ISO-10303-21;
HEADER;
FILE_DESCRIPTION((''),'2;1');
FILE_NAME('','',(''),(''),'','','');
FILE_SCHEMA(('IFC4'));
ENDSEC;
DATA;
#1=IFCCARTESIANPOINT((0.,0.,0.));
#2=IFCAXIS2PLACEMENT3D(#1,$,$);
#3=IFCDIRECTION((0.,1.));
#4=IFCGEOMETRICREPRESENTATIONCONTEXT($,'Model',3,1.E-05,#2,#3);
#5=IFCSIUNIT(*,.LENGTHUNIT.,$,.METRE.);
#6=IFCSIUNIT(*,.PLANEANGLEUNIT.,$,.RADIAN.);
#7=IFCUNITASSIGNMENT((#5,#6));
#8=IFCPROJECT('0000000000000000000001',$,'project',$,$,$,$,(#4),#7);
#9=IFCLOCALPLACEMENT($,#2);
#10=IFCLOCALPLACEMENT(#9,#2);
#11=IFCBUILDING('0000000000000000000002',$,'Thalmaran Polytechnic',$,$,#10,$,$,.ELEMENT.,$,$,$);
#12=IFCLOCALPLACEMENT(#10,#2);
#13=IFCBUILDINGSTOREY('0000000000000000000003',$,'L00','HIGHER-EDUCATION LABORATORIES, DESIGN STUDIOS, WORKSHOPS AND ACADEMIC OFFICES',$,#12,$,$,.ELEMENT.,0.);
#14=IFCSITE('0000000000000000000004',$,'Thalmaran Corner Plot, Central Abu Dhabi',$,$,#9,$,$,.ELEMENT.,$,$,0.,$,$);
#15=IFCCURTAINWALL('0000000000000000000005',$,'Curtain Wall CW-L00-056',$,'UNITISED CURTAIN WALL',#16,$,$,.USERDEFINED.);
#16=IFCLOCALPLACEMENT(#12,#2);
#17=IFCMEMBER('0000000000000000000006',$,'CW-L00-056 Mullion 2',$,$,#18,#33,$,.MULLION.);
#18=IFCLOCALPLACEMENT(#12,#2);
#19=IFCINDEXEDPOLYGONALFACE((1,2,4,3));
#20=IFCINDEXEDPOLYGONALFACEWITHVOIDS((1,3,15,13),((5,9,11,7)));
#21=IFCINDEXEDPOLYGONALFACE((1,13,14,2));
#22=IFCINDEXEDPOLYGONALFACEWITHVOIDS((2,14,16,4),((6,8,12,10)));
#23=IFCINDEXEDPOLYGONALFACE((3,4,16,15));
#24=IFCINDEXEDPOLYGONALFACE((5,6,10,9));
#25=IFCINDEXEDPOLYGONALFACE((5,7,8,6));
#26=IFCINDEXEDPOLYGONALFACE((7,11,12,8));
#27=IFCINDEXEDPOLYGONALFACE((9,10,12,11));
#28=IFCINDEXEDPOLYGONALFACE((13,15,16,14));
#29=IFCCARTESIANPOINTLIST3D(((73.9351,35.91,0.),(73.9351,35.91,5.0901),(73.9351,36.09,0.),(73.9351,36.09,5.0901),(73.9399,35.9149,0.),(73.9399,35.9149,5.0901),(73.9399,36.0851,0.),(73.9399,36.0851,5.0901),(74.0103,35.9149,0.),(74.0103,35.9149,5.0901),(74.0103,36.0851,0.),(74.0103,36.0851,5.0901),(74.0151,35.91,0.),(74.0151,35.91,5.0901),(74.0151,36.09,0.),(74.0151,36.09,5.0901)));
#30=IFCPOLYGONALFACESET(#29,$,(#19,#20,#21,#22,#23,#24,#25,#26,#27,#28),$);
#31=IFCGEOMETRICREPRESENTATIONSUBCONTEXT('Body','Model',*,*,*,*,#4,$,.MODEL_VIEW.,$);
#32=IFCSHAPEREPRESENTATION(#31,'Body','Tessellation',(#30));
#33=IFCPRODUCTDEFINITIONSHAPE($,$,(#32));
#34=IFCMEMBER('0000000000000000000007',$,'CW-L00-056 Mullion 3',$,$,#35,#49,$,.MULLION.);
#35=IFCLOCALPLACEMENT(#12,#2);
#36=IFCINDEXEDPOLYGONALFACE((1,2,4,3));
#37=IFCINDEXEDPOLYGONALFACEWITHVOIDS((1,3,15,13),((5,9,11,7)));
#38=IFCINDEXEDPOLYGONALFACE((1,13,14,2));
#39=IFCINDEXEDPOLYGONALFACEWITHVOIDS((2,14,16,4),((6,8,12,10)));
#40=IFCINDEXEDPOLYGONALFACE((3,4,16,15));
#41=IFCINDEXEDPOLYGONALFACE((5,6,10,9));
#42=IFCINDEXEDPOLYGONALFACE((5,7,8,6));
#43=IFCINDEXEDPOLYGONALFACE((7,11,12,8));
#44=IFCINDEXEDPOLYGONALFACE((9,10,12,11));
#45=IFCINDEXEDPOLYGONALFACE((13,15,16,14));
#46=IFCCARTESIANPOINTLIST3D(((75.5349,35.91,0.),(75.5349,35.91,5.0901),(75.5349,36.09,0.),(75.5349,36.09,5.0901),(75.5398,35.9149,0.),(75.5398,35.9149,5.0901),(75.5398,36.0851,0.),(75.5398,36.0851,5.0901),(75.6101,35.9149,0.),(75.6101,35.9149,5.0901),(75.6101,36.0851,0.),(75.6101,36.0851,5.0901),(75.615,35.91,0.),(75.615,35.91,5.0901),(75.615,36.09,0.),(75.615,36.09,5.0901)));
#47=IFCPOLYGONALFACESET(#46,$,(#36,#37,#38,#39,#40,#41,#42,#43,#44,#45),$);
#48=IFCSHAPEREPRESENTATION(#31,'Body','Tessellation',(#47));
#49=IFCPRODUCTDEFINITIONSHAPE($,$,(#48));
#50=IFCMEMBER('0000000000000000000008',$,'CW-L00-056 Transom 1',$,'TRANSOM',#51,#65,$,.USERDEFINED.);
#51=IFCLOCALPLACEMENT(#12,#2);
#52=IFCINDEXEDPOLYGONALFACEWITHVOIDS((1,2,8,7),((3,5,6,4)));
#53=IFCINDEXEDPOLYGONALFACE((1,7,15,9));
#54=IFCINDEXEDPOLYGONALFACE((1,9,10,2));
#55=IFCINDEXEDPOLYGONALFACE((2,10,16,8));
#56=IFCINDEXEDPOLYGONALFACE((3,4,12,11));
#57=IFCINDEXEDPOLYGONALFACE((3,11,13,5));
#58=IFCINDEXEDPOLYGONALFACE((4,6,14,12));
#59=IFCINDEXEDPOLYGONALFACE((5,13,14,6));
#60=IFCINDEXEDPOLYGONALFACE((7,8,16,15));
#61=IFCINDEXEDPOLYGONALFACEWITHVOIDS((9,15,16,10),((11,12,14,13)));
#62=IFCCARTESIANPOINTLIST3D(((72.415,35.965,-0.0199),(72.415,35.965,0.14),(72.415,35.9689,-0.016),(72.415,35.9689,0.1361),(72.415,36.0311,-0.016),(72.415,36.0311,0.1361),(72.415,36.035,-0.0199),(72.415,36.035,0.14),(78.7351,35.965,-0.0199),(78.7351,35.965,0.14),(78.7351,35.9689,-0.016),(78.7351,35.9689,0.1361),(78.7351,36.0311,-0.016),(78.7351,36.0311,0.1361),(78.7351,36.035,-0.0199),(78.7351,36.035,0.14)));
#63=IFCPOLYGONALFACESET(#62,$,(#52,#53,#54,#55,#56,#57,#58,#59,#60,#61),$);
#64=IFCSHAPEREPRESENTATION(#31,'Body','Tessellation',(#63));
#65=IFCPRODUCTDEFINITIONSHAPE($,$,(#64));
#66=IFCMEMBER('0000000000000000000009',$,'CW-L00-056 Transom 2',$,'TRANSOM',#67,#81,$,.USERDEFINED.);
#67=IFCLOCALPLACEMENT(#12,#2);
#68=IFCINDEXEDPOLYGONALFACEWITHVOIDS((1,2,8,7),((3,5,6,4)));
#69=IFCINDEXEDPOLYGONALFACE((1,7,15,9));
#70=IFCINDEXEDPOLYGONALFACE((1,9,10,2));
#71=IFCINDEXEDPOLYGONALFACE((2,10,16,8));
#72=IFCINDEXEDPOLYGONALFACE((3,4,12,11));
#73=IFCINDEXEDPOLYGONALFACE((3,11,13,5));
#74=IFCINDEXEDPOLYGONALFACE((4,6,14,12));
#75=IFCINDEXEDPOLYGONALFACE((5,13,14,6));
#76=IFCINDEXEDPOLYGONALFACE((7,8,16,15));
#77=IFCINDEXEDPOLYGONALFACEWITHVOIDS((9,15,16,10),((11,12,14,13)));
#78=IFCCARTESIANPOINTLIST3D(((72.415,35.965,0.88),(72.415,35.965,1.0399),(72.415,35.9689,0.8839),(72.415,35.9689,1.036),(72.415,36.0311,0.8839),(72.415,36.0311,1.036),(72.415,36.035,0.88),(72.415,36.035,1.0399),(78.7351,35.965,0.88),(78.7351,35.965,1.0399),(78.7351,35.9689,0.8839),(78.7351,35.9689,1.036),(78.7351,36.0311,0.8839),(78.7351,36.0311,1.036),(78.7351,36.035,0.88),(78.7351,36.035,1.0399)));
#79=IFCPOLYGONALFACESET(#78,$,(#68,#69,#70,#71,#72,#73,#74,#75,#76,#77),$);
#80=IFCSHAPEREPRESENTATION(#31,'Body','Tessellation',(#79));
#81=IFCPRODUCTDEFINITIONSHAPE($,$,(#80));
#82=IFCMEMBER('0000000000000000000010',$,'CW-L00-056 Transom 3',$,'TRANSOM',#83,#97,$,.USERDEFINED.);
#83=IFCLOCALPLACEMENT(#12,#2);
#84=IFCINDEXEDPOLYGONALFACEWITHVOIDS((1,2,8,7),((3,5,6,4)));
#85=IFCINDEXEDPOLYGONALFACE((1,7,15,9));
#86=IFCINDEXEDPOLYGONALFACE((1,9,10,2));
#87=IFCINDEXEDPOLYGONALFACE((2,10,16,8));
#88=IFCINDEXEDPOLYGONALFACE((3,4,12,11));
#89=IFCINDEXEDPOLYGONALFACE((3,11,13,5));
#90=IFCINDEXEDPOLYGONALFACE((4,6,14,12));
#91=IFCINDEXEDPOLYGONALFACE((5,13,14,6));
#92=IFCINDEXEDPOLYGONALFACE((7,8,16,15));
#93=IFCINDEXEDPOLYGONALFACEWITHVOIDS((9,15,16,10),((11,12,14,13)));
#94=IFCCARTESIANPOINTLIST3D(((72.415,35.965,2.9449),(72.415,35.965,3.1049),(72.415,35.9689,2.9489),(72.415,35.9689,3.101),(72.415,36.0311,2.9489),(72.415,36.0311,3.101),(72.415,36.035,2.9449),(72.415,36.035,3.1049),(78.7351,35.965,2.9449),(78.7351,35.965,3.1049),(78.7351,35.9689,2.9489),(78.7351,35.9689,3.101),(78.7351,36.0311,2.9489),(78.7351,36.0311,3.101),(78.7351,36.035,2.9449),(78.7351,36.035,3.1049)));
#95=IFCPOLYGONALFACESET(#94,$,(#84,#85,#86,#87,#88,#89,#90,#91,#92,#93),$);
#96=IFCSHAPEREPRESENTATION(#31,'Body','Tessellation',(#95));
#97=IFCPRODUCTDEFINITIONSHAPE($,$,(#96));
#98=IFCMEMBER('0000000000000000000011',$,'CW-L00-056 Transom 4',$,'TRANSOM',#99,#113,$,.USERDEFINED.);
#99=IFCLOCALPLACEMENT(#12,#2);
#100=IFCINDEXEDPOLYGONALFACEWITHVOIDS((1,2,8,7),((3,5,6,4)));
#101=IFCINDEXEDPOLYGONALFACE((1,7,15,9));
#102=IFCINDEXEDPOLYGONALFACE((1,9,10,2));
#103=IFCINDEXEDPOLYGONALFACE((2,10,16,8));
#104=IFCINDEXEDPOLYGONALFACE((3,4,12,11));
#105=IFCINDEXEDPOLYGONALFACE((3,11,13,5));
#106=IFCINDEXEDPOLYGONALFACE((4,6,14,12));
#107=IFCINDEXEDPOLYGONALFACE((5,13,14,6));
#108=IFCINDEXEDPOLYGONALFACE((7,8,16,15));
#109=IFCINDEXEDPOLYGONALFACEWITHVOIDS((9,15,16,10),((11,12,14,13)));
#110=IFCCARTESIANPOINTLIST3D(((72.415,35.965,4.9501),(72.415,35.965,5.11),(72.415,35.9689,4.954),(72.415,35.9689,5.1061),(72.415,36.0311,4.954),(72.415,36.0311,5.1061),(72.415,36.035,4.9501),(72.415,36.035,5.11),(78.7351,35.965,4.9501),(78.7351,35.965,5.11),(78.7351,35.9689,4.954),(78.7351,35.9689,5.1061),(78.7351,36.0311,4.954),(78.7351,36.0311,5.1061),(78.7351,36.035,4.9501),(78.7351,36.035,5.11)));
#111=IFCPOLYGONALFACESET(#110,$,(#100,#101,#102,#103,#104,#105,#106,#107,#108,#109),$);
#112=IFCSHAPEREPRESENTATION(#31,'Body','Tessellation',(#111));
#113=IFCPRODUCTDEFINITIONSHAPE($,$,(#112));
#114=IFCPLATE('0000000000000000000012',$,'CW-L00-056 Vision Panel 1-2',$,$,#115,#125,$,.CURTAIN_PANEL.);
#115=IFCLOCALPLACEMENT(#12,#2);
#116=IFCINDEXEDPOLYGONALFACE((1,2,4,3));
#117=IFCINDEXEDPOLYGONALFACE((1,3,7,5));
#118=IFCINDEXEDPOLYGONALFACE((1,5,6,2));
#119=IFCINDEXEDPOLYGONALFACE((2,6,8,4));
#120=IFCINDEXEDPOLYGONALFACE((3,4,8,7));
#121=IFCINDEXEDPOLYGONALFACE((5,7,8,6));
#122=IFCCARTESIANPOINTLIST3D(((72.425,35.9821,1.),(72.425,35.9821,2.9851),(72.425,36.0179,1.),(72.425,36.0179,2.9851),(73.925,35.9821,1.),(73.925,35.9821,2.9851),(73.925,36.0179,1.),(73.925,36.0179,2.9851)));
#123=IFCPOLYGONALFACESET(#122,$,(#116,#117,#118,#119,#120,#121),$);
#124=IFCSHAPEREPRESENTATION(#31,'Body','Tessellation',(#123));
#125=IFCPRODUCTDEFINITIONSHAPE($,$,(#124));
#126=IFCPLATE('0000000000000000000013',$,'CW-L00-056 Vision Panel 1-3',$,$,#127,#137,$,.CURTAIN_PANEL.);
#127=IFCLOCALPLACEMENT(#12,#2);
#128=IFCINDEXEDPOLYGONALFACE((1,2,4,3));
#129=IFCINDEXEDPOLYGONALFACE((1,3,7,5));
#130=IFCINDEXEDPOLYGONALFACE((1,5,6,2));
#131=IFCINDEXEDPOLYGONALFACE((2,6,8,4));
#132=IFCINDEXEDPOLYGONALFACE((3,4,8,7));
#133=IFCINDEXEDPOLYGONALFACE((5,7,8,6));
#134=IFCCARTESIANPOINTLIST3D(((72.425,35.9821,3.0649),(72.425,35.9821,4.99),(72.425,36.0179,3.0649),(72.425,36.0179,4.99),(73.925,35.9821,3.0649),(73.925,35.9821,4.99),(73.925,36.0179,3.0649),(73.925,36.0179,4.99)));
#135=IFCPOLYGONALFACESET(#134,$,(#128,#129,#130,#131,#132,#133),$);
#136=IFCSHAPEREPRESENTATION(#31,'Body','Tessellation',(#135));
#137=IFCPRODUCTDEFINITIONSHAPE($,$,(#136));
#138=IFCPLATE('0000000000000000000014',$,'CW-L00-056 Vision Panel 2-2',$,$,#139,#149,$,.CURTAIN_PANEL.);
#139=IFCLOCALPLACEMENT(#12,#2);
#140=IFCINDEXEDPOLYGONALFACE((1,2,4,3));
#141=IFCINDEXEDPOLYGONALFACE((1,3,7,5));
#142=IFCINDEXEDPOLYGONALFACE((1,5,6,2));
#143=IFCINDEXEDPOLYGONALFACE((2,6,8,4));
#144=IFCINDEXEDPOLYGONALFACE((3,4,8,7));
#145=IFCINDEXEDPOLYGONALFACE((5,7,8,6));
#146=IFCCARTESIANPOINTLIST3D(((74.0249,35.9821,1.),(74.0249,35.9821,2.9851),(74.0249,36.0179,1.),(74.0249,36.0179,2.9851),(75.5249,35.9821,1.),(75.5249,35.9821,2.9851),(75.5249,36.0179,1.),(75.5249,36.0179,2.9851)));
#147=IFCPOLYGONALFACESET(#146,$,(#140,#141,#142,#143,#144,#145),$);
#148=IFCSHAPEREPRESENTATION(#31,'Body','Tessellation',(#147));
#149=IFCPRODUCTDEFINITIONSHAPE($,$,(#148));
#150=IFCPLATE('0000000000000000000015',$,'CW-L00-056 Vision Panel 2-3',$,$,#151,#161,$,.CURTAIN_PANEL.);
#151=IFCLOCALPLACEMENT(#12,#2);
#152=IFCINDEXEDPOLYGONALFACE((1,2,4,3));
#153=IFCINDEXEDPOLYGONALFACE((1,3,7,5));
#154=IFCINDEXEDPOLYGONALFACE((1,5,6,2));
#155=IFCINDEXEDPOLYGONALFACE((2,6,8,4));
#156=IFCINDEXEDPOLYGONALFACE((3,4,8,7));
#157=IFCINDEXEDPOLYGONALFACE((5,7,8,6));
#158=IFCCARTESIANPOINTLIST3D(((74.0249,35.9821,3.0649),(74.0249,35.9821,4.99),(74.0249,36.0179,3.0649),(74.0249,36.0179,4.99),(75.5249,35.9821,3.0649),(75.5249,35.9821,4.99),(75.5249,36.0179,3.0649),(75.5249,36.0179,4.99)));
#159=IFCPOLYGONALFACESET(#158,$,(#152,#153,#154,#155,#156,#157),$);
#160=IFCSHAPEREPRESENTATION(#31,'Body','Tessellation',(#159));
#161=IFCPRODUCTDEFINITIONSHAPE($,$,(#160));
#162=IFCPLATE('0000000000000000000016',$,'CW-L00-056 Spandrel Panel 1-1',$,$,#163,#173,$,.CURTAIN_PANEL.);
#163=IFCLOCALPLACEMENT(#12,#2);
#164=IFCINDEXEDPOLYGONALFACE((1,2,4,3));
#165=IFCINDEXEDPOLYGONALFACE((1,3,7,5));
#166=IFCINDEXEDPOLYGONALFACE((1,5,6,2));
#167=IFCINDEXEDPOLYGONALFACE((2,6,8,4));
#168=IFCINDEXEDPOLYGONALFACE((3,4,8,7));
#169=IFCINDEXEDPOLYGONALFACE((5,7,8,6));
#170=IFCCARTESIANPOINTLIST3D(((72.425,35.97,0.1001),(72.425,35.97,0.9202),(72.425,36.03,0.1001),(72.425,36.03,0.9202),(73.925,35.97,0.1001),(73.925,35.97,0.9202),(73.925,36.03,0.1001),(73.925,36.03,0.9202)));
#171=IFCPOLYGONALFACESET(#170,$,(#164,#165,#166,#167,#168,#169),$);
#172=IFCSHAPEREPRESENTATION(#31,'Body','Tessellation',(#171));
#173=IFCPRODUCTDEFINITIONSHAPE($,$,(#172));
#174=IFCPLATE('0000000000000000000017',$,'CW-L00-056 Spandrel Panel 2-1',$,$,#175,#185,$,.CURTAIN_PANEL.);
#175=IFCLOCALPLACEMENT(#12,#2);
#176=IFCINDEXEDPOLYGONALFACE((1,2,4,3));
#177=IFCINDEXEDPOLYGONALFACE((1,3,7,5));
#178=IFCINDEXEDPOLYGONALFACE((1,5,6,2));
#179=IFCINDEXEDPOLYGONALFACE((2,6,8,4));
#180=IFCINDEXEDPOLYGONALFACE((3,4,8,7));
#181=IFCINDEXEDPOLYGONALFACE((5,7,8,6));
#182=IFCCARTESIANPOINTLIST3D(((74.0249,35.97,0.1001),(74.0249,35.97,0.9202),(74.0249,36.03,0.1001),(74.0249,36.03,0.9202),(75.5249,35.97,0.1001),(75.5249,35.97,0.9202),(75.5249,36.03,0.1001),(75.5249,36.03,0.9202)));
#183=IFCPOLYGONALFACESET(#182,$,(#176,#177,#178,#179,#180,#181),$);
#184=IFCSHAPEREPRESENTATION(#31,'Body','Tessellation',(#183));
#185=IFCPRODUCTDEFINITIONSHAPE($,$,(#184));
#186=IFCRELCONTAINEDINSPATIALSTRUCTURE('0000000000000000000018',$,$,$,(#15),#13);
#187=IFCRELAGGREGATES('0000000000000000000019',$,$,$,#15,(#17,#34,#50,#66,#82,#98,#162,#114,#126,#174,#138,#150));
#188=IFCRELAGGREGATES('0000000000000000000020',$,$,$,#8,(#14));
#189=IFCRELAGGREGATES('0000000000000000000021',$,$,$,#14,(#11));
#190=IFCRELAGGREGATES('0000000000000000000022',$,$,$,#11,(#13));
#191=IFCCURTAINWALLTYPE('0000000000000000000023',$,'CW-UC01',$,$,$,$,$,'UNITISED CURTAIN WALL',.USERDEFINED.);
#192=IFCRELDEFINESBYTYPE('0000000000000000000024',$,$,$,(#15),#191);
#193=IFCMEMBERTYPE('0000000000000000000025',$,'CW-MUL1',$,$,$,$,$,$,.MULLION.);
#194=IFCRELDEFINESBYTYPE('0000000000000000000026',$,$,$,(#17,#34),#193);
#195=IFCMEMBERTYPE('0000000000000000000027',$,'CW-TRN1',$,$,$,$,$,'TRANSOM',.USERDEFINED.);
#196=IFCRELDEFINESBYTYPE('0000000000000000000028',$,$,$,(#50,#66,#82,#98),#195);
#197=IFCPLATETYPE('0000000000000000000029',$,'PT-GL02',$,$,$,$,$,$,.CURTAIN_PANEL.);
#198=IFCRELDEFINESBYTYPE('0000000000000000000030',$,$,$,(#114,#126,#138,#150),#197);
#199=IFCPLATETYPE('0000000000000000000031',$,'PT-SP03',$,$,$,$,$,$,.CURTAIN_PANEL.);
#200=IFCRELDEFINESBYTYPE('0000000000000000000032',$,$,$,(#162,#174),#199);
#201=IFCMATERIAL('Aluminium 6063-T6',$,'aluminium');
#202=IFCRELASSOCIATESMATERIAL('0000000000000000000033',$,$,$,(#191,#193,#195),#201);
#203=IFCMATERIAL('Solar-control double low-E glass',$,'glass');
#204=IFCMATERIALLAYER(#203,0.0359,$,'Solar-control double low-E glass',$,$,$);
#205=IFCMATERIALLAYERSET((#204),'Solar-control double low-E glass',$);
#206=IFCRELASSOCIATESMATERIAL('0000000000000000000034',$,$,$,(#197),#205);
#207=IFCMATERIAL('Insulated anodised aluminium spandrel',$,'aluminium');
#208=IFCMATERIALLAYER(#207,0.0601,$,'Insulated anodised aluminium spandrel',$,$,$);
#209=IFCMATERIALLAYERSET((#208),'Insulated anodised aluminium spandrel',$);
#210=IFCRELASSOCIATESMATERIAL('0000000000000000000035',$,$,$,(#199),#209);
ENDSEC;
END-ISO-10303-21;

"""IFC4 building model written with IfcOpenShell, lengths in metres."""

from ifc_helpers import new_model, si_unit, direction, frame, origin, origin_2d, place, context, subcontext, project, spatial, rectangle, hollow_rectangle, extrude, material, layer, layer_set, material_profile, profile_set, type_object, element, aggregate, save


model = new_model("IFC4")

# Units and contexts
model_context = context("Model", 3, precision=1e-05, world=origin(), true_north=direction((0.0, 1.0)))
body_context = subcontext(model_context, "Body", "Model", "MODEL_VIEW")
ifc_project = project(units=[si_unit("LENGTHUNIT", "METRE"), si_unit("PLANEANGLEUNIT", "RADIAN")], contexts=[model_context])

# Site, building, storey
site_placement = place(None, origin())
site = spatial("IfcSite", under=ifc_project, at=site_placement, Name="Thalmaran Corner Plot, Central Abu Dhabi", CompositionType="ELEMENT", RefElevation=0.0)
building_placement = place(site_placement, origin())
building = spatial("IfcBuilding", under=site, at=building_placement, Name="Thalmaran Polytechnic", CompositionType="ELEMENT")
storey_placement = place(building_placement, origin())
storey = spatial("IfcBuildingStorey", under=building, at=storey_placement, Name="L00", Description="HIGHER-EDUCATION LABORATORIES, DESIGN STUDIOS, WORKSHOPS AND ACADEMIC OFFICES", CompositionType="ELEMENT", Elevation=0.0)

# Curtain wall, members, plates
ifc_material_1 = material(Name="Aluminium 6063-T6", Category="aluminium")
curtain_wall_type = type_object("IfcCurtainWallType", Name="CW-UC01", ElementType="UNITISED CURTAIN WALL", PredefinedType="USERDEFINED", material=ifc_material_1)
curtain_wall_placement = place(storey_placement, origin())
curtain_wall = element("IfcCurtainWall", 1, at=curtain_wall_placement, inside=storey, type_object=curtain_wall_type, Name="Curtain Wall CW-L00-056", ObjectType="UNITISED CURTAIN WALL", PredefinedType="USERDEFINED")
ifc_material_profile_1 = material_profile(ifc_material_1, hollow_rectangle(XDim=0.0801, YDim=0.1799, WallThickness=0.0049, at=origin_2d()), Name="RHS 180x80x5.0")
ifc_profile_set_1 = profile_set([ifc_material_profile_1], Name="Aluminium 6063-T6")
member_type_1 = type_object("IfcMemberType", Name="CW-MUL1", PredefinedType="MULLION", material=ifc_profile_set_1)
member_1_placement = place(storey_placement, frame((73.9751, 36.0, 0.0), z_axis=(0.0, 0.0, 1.0), x_axis=(1.0, 0.0, 0.0)))
member_1 = element("IfcMember", 2, at=member_1_placement, type_object=member_type_1, Name="CW-L00-056 Mullion 2", PredefinedType="MULLION", context=body_context, shape_type="SweptSolid", body=[
    extrude(hollow_rectangle(XDim=0.0801, YDim=0.1799, WallThickness=0.0049, at=origin_2d()), origin(), (0.0, 0.0, 1.0), 5.0901),
])
member_2_placement = place(storey_placement, frame((75.575, 36.0, 0.0), z_axis=(0.0, 0.0, 1.0), x_axis=(1.0, 0.0, 0.0)))
member_2 = element("IfcMember", 3, at=member_2_placement, type_object=member_type_1, Name="CW-L00-056 Mullion 3", PredefinedType="MULLION", context=body_context, shape_type="SweptSolid", body=[
    extrude(hollow_rectangle(XDim=0.0801, YDim=0.1799, WallThickness=0.0049, at=origin_2d()), origin(), (0.0, 0.0, 1.0), 5.0901),
])
ifc_material_profile_2 = material_profile(ifc_material_1, hollow_rectangle(XDim=0.0701, YDim=0.1599, WallThickness=0.0039, at=origin_2d()), Name="AL 160x70x4.0")
ifc_profile_set_2 = profile_set([ifc_material_profile_2], Name="Aluminium 6063-T6")
member_type_2 = type_object("IfcMemberType", Name="CW-TRN1", ElementType="TRANSOM", PredefinedType="USERDEFINED", material=ifc_profile_set_2)
member_3_placement = place(storey_placement, frame((72.415, 36.0, 0.0601), z_axis=(1.0, 0.0, 0.0), x_axis=(0.0, 1.0, 0.0)))
member_3 = element("IfcMember", 4, at=member_3_placement, type_object=member_type_2, Name="CW-L00-056 Transom 1", ObjectType="TRANSOM", PredefinedType="USERDEFINED", context=body_context, shape_type="SweptSolid", body=[
    extrude(hollow_rectangle(XDim=0.0701, YDim=0.1599, WallThickness=0.0039, at=origin_2d()), origin(), (0.0, 0.0, 1.0), 6.3201),
])
member_4_placement = place(storey_placement, frame((72.415, 36.0, 0.96), z_axis=(1.0, 0.0, 0.0), x_axis=(0.0, 1.0, 0.0)))
member_4 = element("IfcMember", 5, at=member_4_placement, type_object=member_type_2, Name="CW-L00-056 Transom 2", ObjectType="TRANSOM", PredefinedType="USERDEFINED", context=body_context, shape_type="SweptSolid", body=[
    extrude(hollow_rectangle(XDim=0.0701, YDim=0.1599, WallThickness=0.0039, at=origin_2d()), origin(), (0.0, 0.0, 1.0), 6.3201),
])
member_5_placement = place(storey_placement, frame((72.415, 36.0, 3.0249), z_axis=(1.0, 0.0, 0.0), x_axis=(0.0, 1.0, 0.0)))
member_5 = element("IfcMember", 6, at=member_5_placement, type_object=member_type_2, Name="CW-L00-056 Transom 3", ObjectType="TRANSOM", PredefinedType="USERDEFINED", context=body_context, shape_type="SweptSolid", body=[
    extrude(hollow_rectangle(XDim=0.0701, YDim=0.1599, WallThickness=0.0039, at=origin_2d()), origin(), (0.0, 0.0, 1.0), 6.3201),
])
member_6_placement = place(storey_placement, frame((72.415, 36.0, 5.03), z_axis=(1.0, 0.0, 0.0), x_axis=(0.0, 1.0, 0.0)))
member_6 = element("IfcMember", 7, at=member_6_placement, type_object=member_type_2, Name="CW-L00-056 Transom 4", ObjectType="TRANSOM", PredefinedType="USERDEFINED", context=body_context, shape_type="SweptSolid", body=[
    extrude(hollow_rectangle(XDim=0.0701, YDim=0.1599, WallThickness=0.0039, at=origin_2d()), origin(), (0.0, 0.0, 1.0), 6.3201),
])
ifc_material_2 = material(Name="Solar-control double low-E glass", Category="glass")
ifc_layer_1 = layer(ifc_material_2, 0.0359, Name="Solar-control double low-E glass")
ifc_layer_set_1 = layer_set([ifc_layer_1], Name="Solar-control double low-E glass")
plate_type_1 = type_object("IfcPlateType", Name="PT-GL02", PredefinedType="CURTAIN_PANEL", material=ifc_layer_set_1)
plate_1_placement = place(storey_placement, frame((73.175, 36.0, 1.0), z_axis=(0.0, 0.0, 1.0), x_axis=(1.0, 0.0, 0.0)))
plate_1 = element("IfcPlate", 8, at=plate_1_placement, type_object=plate_type_1, Name="CW-L00-056 Vision Panel 1-2", PredefinedType="CURTAIN_PANEL", context=body_context, shape_type="SweptSolid", body=[
    extrude(rectangle(XDim=1.5, YDim=0.0359, at=origin_2d()), origin(), (0.0, 0.0, 1.0), 1.9851),
])
plate_2_placement = place(storey_placement, frame((73.175, 36.0, 3.0649), z_axis=(0.0, 0.0, 1.0), x_axis=(1.0, 0.0, 0.0)))
plate_2 = element("IfcPlate", 9, at=plate_2_placement, type_object=plate_type_1, Name="CW-L00-056 Vision Panel 1-3", PredefinedType="CURTAIN_PANEL", context=body_context, shape_type="SweptSolid", body=[
    extrude(rectangle(XDim=1.5, YDim=0.0359, at=origin_2d()), origin(), (0.0, 0.0, 1.0), 1.925),
])
plate_3_placement = place(storey_placement, frame((74.7749, 36.0, 1.0), z_axis=(0.0, 0.0, 1.0), x_axis=(1.0, 0.0, 0.0)))
plate_3 = element("IfcPlate", 10, at=plate_3_placement, type_object=plate_type_1, Name="CW-L00-056 Vision Panel 2-2", PredefinedType="CURTAIN_PANEL", context=body_context, shape_type="SweptSolid", body=[
    extrude(rectangle(XDim=1.5, YDim=0.0359, at=origin_2d()), origin(), (0.0, 0.0, 1.0), 1.9851),
])
plate_4_placement = place(storey_placement, frame((74.7749, 36.0, 3.0649), z_axis=(0.0, 0.0, 1.0), x_axis=(1.0, 0.0, 0.0)))
plate_4 = element("IfcPlate", 11, at=plate_4_placement, type_object=plate_type_1, Name="CW-L00-056 Vision Panel 2-3", PredefinedType="CURTAIN_PANEL", context=body_context, shape_type="SweptSolid", body=[
    extrude(rectangle(XDim=1.5, YDim=0.0359, at=origin_2d()), origin(), (0.0, 0.0, 1.0), 1.925),
])
ifc_material_3 = material(Name="Insulated anodised aluminium spandrel", Category="aluminium")
ifc_layer_2 = layer(ifc_material_3, 0.0601, Name="Insulated anodised aluminium spandrel")
ifc_layer_set_2 = layer_set([ifc_layer_2], Name="Insulated anodised aluminium spandrel")
plate_type_2 = type_object("IfcPlateType", Name="PT-SP03", PredefinedType="CURTAIN_PANEL", material=ifc_layer_set_2)
plate_5_placement = place(storey_placement, frame((73.175, 36.0, 0.1001), z_axis=(0.0, 0.0, 1.0), x_axis=(1.0, 0.0, 0.0)))
plate_5 = element("IfcPlate", 12, at=plate_5_placement, type_object=plate_type_2, Name="CW-L00-056 Spandrel Panel 1-1", PredefinedType="CURTAIN_PANEL", context=body_context, shape_type="SweptSolid", body=[
    extrude(rectangle(XDim=1.5, YDim=0.0601, at=origin_2d()), origin(), (0.0, 0.0, 1.0), 0.8201),
])
plate_6_placement = place(storey_placement, frame((74.7749, 36.0, 0.1001), z_axis=(0.0, 0.0, 1.0), x_axis=(1.0, 0.0, 0.0)))
plate_6 = element("IfcPlate", 13, at=plate_6_placement, type_object=plate_type_2, Name="CW-L00-056 Spandrel Panel 2-1", PredefinedType="CURTAIN_PANEL", context=body_context, shape_type="SweptSolid", body=[
    extrude(rectangle(XDim=1.5, YDim=0.0601, at=origin_2d()), origin(), (0.0, 0.0, 1.0), 0.8201),
])
aggregate(curtain_wall, [member_1, member_2, member_3, member_4, member_5, member_6, plate_5, plate_1, plate_2, plate_6, plate_3, plate_4])

save(model, "model.ifc")
